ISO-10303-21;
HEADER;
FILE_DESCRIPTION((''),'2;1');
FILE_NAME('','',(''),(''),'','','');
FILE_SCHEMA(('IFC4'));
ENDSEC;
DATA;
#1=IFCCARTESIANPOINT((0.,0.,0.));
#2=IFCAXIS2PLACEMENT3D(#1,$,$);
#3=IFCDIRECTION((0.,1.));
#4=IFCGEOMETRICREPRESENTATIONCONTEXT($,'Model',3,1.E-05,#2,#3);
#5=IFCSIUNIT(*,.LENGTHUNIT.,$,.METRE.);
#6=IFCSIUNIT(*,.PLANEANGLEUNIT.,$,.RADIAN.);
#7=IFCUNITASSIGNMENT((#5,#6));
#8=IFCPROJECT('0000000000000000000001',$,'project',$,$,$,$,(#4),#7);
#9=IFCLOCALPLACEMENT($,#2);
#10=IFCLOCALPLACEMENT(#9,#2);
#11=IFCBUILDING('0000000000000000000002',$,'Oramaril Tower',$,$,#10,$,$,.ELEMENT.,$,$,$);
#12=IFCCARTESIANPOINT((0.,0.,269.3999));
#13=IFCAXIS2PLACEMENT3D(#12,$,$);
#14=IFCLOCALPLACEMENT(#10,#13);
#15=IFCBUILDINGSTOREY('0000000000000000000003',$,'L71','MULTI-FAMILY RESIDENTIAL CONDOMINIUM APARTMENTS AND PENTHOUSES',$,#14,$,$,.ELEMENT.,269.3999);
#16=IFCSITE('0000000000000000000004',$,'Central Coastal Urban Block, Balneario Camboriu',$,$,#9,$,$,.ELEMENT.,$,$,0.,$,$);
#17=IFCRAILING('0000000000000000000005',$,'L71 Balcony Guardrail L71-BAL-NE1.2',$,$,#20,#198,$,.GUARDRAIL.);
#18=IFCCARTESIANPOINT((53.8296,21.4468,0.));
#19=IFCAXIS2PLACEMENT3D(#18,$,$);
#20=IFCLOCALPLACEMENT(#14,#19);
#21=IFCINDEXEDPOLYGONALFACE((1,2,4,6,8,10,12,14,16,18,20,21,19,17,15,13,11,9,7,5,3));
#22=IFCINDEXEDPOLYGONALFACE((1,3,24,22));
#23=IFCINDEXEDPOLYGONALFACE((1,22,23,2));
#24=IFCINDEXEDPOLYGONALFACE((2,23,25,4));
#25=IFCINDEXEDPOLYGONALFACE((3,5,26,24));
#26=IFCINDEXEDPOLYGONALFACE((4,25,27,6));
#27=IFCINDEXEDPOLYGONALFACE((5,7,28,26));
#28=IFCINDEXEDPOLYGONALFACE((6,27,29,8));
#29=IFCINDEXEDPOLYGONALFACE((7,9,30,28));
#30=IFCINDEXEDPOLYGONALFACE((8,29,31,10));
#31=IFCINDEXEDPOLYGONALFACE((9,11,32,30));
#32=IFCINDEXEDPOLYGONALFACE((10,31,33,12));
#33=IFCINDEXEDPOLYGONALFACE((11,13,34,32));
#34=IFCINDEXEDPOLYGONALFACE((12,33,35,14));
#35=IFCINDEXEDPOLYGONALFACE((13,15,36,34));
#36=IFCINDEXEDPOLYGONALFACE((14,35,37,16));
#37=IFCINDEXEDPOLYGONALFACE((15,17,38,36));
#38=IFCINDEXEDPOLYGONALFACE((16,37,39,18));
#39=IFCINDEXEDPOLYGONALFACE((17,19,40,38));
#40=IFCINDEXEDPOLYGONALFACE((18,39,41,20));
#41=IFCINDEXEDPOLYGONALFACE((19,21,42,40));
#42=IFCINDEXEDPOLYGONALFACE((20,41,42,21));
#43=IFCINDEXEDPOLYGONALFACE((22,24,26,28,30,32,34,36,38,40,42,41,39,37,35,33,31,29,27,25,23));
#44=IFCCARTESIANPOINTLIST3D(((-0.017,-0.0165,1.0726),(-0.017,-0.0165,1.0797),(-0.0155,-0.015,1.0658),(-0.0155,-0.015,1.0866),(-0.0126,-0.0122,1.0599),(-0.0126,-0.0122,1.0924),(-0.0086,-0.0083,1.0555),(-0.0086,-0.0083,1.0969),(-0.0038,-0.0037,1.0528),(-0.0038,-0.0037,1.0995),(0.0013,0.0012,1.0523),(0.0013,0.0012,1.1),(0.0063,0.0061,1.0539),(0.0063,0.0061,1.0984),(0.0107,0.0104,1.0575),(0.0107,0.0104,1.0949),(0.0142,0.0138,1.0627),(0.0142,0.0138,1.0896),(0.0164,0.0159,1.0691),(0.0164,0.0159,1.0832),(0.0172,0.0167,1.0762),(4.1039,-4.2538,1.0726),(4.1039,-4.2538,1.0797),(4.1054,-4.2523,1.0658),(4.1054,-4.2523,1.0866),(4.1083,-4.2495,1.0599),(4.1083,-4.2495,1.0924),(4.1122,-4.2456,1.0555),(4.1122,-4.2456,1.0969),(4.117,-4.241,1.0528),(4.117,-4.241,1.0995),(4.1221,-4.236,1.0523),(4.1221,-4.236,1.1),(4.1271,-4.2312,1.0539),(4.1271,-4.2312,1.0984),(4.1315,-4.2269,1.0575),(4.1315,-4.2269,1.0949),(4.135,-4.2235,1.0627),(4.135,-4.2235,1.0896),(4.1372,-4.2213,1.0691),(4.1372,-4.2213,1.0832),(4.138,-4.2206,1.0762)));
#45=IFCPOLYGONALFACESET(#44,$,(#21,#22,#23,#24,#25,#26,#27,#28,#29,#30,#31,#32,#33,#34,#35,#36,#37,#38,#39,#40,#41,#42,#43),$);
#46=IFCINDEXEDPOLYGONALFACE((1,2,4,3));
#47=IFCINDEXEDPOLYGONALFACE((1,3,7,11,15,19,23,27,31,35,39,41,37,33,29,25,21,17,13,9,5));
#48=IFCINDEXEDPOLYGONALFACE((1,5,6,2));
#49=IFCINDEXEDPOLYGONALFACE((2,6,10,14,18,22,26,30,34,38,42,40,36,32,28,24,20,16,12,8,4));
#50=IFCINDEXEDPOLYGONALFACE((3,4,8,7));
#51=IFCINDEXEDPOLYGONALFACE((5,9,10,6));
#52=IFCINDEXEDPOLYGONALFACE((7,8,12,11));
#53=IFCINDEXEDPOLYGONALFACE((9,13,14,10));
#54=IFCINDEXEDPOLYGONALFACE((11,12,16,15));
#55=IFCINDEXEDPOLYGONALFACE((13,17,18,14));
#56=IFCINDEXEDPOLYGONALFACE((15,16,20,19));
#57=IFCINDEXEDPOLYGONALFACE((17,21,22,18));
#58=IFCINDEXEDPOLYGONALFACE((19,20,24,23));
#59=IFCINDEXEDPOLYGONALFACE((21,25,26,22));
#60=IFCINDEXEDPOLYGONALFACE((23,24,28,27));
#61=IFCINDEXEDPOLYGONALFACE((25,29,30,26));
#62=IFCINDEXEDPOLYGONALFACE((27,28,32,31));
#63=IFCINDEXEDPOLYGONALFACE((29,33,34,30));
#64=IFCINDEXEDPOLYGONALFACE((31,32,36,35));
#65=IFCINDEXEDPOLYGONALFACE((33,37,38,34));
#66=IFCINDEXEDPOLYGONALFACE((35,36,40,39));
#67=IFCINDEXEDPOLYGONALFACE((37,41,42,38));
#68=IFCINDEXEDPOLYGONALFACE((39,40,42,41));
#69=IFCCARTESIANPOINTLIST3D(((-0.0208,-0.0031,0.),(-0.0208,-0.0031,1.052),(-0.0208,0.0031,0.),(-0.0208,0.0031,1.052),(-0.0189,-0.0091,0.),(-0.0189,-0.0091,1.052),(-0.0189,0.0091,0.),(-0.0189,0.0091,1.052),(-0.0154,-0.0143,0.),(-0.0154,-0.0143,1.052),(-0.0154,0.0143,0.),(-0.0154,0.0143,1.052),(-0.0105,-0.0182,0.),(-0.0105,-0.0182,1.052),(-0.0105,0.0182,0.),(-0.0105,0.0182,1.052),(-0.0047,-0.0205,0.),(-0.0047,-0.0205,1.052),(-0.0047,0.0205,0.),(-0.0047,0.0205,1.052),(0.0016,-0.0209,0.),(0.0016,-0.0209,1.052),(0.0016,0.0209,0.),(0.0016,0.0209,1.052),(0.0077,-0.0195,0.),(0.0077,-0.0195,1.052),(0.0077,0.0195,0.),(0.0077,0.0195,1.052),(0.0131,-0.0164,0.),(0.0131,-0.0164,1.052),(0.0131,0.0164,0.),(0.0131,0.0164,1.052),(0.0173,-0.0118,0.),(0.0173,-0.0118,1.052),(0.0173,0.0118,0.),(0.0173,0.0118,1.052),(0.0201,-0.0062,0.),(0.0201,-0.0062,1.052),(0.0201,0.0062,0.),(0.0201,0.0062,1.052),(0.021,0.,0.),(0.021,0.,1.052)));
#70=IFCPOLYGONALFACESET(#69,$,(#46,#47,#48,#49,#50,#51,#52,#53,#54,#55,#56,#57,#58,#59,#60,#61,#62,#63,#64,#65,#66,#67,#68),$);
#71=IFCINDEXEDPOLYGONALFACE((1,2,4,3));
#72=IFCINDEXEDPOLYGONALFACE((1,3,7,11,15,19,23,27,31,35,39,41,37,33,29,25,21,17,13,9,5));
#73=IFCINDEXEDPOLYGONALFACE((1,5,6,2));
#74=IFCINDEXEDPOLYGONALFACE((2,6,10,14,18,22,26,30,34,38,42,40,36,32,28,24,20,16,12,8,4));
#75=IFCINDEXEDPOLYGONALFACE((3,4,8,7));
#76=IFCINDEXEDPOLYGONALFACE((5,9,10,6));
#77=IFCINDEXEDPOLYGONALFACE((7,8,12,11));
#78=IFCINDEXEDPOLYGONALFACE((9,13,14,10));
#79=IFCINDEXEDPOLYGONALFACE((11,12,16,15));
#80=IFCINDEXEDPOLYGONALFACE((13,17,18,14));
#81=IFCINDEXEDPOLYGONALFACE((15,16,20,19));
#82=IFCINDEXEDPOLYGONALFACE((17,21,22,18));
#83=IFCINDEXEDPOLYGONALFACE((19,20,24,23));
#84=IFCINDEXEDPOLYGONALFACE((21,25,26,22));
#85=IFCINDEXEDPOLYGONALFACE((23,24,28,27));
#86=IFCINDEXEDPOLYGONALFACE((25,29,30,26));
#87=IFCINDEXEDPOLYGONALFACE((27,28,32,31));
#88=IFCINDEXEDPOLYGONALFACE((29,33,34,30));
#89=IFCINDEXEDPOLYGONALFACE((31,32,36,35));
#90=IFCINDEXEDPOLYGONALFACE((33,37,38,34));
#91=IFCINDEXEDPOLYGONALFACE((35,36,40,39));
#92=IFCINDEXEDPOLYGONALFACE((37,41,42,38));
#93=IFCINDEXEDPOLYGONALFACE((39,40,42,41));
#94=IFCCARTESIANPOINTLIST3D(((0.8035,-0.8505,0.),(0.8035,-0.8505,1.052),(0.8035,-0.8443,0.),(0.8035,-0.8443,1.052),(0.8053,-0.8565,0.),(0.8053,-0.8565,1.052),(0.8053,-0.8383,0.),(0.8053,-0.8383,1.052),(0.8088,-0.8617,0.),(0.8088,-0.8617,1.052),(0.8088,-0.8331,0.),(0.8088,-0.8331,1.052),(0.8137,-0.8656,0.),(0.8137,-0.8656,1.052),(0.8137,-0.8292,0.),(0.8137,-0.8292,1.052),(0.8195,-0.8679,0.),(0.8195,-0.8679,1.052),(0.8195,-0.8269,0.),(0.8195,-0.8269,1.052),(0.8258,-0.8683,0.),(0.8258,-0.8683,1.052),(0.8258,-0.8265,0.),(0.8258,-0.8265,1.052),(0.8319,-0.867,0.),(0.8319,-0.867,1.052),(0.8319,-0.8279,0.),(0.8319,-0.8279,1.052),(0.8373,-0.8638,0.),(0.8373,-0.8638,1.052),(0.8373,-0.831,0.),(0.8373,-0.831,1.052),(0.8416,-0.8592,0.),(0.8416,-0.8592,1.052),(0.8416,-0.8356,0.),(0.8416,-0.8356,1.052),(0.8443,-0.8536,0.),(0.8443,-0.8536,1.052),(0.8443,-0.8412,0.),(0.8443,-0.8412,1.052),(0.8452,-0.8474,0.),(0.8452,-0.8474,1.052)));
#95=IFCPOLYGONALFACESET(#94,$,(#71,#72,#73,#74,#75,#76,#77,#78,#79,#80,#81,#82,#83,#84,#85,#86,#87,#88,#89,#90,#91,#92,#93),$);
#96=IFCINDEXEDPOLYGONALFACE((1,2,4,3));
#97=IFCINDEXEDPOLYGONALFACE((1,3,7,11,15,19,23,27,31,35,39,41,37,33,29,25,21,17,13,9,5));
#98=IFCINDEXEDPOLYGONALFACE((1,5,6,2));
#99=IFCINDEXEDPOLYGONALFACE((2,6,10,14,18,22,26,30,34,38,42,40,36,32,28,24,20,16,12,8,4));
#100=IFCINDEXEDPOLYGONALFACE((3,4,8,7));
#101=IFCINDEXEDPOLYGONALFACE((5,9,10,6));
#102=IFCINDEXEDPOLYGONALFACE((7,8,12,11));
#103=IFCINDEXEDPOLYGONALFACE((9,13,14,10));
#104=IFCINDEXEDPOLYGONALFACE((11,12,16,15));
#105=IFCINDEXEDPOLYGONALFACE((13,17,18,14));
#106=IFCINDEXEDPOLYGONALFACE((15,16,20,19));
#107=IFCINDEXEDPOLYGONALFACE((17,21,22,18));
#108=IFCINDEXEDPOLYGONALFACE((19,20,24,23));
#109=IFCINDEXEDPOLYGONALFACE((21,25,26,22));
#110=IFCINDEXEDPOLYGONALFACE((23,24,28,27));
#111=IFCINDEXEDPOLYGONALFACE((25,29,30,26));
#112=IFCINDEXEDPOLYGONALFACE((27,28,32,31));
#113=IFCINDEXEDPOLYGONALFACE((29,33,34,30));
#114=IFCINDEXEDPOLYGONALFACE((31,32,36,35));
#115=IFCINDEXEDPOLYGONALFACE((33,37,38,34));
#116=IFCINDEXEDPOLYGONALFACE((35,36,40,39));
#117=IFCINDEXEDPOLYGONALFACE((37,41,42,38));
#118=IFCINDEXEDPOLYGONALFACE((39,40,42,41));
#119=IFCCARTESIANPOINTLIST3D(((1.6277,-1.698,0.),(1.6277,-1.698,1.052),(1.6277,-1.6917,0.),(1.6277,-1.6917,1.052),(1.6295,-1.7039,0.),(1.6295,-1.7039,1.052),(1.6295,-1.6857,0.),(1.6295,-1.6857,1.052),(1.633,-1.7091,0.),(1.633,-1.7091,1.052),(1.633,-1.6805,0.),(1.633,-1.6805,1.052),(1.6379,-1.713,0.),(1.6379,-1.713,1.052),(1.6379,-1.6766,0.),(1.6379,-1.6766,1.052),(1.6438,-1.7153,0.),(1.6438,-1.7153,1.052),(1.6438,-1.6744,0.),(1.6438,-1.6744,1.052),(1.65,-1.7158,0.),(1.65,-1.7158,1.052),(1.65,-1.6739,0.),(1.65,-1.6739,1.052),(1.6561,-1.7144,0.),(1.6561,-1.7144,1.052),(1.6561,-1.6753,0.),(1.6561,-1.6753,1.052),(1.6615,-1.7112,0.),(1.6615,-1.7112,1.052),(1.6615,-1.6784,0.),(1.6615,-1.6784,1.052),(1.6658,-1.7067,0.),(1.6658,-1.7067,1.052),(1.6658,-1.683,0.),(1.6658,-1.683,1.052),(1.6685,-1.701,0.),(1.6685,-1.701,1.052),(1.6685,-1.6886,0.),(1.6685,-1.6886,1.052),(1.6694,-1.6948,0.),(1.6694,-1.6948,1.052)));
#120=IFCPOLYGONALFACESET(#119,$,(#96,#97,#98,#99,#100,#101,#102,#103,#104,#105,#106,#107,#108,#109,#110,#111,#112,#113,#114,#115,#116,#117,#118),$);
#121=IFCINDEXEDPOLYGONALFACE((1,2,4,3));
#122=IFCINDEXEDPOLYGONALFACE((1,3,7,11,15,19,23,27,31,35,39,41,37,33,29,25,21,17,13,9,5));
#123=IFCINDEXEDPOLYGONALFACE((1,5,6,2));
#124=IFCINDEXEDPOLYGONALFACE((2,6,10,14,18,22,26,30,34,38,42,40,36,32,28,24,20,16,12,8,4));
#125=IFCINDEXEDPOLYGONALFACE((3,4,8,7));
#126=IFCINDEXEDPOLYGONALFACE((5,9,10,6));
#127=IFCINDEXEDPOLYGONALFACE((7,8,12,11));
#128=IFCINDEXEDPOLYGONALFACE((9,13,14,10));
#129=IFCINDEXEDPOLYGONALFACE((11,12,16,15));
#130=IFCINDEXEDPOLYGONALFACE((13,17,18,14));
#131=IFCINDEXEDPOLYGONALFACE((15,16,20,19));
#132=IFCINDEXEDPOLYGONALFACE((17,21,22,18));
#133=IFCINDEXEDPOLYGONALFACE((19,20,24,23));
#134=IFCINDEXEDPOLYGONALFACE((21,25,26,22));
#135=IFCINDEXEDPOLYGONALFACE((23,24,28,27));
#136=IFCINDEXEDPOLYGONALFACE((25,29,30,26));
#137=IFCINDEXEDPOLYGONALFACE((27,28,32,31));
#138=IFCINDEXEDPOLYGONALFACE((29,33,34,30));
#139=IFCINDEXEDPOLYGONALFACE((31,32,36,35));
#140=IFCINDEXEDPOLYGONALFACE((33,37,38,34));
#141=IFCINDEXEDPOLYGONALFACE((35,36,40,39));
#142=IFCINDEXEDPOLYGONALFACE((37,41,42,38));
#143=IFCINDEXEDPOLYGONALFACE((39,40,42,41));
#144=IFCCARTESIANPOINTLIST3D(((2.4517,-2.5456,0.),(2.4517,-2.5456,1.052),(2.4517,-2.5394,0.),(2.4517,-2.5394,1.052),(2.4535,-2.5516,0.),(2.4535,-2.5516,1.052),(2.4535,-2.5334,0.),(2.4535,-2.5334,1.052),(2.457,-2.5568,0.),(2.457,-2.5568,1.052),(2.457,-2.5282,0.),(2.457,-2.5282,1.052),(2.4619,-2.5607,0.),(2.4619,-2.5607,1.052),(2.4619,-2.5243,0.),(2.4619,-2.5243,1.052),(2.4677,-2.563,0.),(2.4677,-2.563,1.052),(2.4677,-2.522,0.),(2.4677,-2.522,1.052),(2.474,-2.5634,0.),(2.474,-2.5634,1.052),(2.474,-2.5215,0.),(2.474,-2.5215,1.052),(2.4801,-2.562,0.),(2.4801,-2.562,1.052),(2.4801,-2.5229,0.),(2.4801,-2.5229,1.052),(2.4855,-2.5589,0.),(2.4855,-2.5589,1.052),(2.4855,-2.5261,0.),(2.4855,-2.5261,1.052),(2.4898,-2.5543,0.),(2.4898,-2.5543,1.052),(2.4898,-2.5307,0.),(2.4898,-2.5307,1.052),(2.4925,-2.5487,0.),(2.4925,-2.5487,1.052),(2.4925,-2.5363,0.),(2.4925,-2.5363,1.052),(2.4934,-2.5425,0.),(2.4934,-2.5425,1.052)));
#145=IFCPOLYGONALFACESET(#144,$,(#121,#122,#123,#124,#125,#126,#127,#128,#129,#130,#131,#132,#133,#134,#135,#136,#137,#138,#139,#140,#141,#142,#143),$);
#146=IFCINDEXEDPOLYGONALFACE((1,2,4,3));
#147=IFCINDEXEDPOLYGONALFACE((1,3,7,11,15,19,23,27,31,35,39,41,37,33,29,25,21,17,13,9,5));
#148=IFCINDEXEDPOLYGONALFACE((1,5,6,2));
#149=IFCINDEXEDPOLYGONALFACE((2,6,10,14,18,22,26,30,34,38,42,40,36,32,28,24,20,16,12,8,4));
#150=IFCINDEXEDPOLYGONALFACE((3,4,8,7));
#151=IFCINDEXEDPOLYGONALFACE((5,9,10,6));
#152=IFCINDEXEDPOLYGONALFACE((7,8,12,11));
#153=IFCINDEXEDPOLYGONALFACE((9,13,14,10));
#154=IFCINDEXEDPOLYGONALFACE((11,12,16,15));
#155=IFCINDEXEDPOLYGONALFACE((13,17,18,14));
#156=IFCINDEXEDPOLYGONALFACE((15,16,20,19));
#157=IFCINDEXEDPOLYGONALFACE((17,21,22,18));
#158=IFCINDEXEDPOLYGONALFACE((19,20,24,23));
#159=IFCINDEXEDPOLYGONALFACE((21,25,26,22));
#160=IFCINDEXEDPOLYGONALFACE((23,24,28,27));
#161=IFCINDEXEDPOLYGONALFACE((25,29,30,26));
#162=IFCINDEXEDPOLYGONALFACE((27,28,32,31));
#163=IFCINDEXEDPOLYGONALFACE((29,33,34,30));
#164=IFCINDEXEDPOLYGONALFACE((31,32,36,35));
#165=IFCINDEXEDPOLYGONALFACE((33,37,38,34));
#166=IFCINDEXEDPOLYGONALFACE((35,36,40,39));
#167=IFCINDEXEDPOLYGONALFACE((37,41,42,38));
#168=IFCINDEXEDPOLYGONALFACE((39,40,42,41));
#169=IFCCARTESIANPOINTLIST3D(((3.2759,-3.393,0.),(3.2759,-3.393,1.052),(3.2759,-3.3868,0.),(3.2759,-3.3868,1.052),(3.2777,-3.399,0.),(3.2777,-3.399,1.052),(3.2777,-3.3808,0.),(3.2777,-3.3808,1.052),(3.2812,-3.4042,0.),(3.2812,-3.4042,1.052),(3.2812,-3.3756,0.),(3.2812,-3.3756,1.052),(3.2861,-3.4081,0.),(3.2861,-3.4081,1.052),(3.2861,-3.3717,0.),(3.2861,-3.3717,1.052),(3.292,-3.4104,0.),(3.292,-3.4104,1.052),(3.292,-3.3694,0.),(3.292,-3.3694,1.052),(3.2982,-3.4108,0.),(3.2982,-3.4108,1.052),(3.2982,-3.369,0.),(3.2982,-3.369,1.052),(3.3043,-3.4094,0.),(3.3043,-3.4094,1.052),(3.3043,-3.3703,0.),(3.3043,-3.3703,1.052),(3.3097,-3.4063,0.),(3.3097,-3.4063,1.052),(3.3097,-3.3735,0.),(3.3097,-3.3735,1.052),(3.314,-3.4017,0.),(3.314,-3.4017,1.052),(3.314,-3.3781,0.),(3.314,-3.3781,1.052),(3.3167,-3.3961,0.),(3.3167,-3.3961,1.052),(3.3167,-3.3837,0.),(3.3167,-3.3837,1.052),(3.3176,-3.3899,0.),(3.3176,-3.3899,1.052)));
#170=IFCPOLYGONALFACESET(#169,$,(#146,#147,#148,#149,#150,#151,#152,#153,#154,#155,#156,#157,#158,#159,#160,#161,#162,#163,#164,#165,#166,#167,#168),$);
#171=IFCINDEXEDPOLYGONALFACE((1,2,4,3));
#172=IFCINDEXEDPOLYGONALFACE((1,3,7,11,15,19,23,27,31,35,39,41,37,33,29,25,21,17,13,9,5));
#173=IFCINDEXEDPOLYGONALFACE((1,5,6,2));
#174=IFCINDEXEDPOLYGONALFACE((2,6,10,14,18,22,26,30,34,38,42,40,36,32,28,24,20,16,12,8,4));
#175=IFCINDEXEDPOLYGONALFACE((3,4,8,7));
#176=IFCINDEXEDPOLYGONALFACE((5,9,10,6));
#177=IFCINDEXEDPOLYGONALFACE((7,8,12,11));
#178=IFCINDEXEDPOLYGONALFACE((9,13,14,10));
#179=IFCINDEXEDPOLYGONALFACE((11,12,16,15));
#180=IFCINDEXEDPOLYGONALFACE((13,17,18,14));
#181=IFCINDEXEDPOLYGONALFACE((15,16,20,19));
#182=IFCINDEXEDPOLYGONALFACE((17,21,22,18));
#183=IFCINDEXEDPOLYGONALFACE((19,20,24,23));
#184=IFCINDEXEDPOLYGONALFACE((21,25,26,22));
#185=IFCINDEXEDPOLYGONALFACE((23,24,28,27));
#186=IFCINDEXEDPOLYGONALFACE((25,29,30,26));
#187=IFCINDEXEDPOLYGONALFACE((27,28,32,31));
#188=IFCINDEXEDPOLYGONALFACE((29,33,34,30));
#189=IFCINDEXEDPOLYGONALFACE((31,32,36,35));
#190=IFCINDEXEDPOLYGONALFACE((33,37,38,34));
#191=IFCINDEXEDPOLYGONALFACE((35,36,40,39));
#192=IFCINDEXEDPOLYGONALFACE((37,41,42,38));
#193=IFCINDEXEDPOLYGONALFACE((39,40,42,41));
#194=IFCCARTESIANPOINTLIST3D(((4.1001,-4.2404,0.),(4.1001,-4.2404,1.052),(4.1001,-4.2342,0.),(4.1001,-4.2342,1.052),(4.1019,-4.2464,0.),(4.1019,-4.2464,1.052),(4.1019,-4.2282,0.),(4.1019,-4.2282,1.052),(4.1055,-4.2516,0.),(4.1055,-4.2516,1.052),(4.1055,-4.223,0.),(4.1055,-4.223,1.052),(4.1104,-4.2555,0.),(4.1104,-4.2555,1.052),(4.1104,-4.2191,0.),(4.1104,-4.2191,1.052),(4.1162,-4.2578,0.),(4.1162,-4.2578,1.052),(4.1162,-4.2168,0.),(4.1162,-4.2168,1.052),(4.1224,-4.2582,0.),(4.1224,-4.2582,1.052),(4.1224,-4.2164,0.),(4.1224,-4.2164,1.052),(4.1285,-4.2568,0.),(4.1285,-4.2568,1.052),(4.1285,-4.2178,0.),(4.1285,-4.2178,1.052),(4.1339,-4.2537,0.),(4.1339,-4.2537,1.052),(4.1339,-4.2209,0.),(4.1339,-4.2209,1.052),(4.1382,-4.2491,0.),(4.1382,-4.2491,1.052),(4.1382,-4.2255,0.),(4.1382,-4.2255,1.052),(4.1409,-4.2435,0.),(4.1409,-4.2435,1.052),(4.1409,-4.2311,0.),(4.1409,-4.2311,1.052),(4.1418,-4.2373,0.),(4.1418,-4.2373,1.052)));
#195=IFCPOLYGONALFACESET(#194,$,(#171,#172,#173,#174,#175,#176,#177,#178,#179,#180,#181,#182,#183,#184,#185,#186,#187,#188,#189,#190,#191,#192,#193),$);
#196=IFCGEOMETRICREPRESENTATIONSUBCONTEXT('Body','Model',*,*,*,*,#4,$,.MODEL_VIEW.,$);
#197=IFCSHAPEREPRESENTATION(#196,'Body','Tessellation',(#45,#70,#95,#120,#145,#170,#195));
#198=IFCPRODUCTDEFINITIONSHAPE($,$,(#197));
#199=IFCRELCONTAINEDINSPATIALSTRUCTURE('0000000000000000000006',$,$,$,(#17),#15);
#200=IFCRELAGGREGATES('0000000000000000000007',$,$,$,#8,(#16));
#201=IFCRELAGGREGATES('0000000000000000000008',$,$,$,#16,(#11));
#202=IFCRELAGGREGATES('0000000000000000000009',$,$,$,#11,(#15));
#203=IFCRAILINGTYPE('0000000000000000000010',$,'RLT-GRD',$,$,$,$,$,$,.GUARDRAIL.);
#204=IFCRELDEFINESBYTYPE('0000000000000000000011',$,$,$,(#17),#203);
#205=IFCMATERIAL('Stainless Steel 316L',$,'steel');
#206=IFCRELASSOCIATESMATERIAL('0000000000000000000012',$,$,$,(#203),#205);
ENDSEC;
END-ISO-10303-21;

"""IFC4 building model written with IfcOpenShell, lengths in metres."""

from ifc_helpers import new_model, si_unit, direction, frame, origin, origin_2d, place, context, subcontext, project, spatial, circle, extrude, material, type_object, element, save


model = new_model("IFC4")

# Units and contexts
model_context = context("Model", 3, precision=1e-05, world=origin(), true_north=direction((0.0, 1.0)))
body_context = subcontext(model_context, "Body", "Model", "MODEL_VIEW")
ifc_project = project(units=[si_unit("LENGTHUNIT", "METRE"), si_unit("PLANEANGLEUNIT", "RADIAN")], contexts=[model_context])

# Site, building, storey
site_placement = place(None, origin())
site = spatial("IfcSite", under=ifc_project, at=site_placement, Name="Central Coastal Urban Block, Balneario Camboriu", CompositionType="ELEMENT", RefElevation=0.0)
building_placement = place(site_placement, origin())
building = spatial("IfcBuilding", under=site, at=building_placement, Name="Oramaril Tower", CompositionType="ELEMENT")
storey_placement = place(building_placement, frame((0.0, 0.0, 269.3999)))
storey = spatial("IfcBuildingStorey", under=building, at=storey_placement, Name="L71", Description="MULTI-FAMILY RESIDENTIAL CONDOMINIUM APARTMENTS AND PENTHOUSES", CompositionType="ELEMENT", Elevation=269.3999)

# Railing
ifc_material_1 = material(Name="Stainless Steel 316L", Category="steel")
railing_type = type_object("IfcRailingType", Name="RLT-GRD", PredefinedType="GUARDRAIL", material=ifc_material_1)
railing_1_placement = place(storey_placement, frame((53.8296, 21.4468, 0.0)))
element("IfcRailing", 1, at=railing_1_placement, inside=storey, type_object=railing_type, Name="L71 Balcony Guardrail L71-BAL-NE1.2", PredefinedType="GUARDRAIL", context=body_context, shape_type="SweptSolid", body=[
    extrude(circle(Radius=0.0239, at=origin_2d()), frame((0.0, 0.0, 1.0762), z_axis=(0.697187, -0.716889, 0.0), x_axis=(0.716889, 0.697187, 0.0)), (0.0, 0.0, 1.0), 5.9106),
    extrude(circle(Radius=0.021, at=origin_2d()), origin(), (0.0, 0.0, 1.0), 1.052),
    extrude(circle(Radius=0.021, at=origin_2d()), frame((0.8242, -0.8474, 0.0)), (0.0, 0.0, 1.0), 1.052),
    extrude(circle(Radius=0.021, at=origin_2d()), frame((1.6484, -1.6948, 0.0)), (0.0, 0.0, 1.0), 1.052),
    extrude(circle(Radius=0.021, at=origin_2d()), frame((2.4724, -2.5425, 0.0)), (0.0, 0.0, 1.0), 1.052),
    extrude(circle(Radius=0.021, at=origin_2d()), frame((3.2966, -3.3899, 0.0)), (0.0, 0.0, 1.0), 1.052),
    extrude(circle(Radius=0.021, at=origin_2d()), frame((4.1208, -4.2373, 0.0)), (0.0, 0.0, 1.0), 1.052),
])

save(model, "model.ifc")
